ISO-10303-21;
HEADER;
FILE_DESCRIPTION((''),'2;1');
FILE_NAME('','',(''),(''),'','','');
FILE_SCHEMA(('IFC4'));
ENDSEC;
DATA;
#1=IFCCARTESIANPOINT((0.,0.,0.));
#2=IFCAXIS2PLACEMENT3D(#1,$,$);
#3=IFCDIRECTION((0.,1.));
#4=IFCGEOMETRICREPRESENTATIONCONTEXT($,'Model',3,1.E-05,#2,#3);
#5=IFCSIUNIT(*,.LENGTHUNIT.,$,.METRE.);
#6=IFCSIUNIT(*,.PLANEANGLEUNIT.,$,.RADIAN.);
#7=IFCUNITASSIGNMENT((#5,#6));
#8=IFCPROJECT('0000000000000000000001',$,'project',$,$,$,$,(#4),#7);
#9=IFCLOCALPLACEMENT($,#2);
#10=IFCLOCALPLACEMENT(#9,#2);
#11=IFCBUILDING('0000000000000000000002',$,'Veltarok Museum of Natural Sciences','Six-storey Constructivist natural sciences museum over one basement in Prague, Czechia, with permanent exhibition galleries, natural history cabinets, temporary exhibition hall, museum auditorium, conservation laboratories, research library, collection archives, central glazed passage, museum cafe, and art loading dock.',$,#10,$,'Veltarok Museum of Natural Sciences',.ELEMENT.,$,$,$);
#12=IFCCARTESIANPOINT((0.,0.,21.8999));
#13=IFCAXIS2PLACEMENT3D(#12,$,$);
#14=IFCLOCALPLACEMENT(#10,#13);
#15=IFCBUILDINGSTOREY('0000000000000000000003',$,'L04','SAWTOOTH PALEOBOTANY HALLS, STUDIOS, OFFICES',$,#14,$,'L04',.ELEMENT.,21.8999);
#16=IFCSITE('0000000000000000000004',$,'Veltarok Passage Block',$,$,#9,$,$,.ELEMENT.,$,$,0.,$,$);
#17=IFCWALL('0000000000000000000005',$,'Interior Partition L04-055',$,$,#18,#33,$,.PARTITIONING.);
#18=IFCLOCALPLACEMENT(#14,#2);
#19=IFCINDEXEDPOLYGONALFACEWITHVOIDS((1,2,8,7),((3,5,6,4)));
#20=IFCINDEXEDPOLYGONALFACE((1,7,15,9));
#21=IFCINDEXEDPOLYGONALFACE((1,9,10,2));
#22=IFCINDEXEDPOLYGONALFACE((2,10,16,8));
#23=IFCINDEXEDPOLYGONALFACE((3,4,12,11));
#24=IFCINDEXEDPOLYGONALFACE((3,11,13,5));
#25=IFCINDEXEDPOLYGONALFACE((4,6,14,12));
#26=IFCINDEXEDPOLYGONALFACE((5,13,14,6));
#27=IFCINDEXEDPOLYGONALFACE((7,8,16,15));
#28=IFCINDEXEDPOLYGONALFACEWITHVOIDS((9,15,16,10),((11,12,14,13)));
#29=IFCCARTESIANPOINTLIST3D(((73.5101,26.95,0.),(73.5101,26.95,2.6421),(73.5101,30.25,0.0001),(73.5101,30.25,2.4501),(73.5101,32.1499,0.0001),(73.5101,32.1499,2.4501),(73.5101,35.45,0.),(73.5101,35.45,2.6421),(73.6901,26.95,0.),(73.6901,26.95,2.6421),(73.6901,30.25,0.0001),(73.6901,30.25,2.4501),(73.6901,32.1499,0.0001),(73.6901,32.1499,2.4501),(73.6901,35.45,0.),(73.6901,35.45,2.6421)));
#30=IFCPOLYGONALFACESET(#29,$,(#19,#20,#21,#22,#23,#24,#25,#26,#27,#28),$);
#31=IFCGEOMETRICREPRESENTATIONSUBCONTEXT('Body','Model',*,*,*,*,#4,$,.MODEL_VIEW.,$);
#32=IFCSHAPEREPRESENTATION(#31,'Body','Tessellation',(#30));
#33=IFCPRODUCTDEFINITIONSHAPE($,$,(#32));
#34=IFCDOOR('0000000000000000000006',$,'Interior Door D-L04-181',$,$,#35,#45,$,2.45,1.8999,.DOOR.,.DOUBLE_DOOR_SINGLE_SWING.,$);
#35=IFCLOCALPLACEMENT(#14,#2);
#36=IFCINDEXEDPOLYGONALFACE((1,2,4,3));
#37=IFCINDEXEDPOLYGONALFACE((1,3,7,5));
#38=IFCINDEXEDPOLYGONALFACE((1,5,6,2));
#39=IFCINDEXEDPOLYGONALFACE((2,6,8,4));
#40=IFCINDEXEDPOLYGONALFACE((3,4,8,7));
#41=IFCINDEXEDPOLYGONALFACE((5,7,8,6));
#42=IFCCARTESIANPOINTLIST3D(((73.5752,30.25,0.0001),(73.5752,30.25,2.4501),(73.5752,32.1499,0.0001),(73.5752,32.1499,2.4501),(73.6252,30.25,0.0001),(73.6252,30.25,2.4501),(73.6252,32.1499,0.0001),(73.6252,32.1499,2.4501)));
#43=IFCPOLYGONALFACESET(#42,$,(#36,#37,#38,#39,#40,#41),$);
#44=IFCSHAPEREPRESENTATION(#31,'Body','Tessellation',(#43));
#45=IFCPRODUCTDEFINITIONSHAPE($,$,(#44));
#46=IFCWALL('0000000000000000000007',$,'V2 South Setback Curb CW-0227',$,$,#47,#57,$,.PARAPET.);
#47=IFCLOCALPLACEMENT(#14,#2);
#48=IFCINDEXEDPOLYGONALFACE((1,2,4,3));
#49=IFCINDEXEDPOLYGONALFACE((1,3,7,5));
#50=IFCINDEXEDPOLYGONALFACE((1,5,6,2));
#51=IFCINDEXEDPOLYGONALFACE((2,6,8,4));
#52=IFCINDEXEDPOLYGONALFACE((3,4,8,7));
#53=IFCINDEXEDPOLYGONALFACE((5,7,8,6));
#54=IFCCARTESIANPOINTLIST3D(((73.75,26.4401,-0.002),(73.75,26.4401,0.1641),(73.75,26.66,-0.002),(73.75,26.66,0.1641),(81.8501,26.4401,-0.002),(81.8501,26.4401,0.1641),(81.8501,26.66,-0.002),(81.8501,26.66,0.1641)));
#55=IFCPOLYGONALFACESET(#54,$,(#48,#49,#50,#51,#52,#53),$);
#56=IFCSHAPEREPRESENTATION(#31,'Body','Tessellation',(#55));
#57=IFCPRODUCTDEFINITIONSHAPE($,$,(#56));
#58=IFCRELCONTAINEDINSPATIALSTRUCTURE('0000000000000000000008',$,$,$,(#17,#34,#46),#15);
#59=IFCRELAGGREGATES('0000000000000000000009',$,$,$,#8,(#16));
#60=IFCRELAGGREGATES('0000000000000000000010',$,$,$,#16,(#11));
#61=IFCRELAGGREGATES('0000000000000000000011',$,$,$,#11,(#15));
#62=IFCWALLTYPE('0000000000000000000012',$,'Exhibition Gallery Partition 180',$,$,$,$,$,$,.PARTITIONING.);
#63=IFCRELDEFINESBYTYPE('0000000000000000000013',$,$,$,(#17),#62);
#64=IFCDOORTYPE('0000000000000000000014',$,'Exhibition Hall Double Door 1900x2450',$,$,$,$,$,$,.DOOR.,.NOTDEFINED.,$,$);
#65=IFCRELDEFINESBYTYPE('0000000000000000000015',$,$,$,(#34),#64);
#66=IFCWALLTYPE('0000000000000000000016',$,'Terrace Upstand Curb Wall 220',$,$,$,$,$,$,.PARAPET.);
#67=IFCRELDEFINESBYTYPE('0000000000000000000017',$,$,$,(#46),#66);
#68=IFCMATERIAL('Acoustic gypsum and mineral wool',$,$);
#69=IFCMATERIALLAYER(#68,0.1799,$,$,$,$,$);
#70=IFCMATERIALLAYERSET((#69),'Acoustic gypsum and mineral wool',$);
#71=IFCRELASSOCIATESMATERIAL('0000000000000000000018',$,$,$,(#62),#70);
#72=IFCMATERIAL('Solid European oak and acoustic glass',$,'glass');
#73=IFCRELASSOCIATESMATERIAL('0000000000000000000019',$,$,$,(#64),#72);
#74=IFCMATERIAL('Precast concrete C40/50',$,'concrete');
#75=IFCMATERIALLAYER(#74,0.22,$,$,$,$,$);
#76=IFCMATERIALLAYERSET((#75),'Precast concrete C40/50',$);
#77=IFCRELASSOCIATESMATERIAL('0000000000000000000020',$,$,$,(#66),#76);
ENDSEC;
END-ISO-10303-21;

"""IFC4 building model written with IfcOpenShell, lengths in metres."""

from ifc_helpers import new_model, si_unit, direction, frame, frame_2d, origin, place, context, subcontext, project, spatial, rectangle, extrude, material, layer, layer_set, type_object, element, fill, save


model = new_model("IFC4")

# Units and contexts
model_context = context("Model", 3, precision=1e-05, world=origin(), true_north=direction((0.0, 1.0)))
body_context = subcontext(model_context, "Body", "Model", "MODEL_VIEW")
ifc_project = project(units=[si_unit("LENGTHUNIT", "METRE"), si_unit("PLANEANGLEUNIT", "RADIAN")], contexts=[model_context])

# Site, building, storey
site_placement = place(None, origin())
site = spatial("IfcSite", under=ifc_project, at=site_placement, Name="Veltarok Passage Block", CompositionType="ELEMENT", RefElevation=0.0)
building_placement = place(site_placement, origin())
building = spatial("IfcBuilding", under=site, at=building_placement, Name="Veltarok Museum of Natural Sciences", Description="Six-storey Constructivist natural sciences museum over one basement in Prague, Czechia, with permanent exhibition galleries, natural history cabinets, temporary exhibition hall, museum auditorium, conservation laboratories, research library, collection archives, central glazed passage, museum cafe, and art loading dock.", LongName="Veltarok Museum of Natural Sciences", CompositionType="ELEMENT")
storey_placement = place(building_placement, frame((0.0, 0.0, 21.8999)))
storey = spatial("IfcBuildingStorey", under=building, at=storey_placement, Name="L04", Description="SAWTOOTH PALEOBOTANY HALLS, STUDIOS, OFFICES", LongName="L04", CompositionType="ELEMENT", Elevation=21.8999)

# Wall, opening, door
ifc_material_1 = material(Name="Acoustic gypsum and mineral wool")
ifc_layer_1 = layer(ifc_material_1, 0.1799)
ifc_layer_set_1 = layer_set([ifc_layer_1], Name="Acoustic gypsum and mineral wool")
wall_type_1 = type_object("IfcWallType", Name="Exhibition Gallery Partition 180", PredefinedType="PARTITIONING", material=ifc_layer_set_1)
wall_1_placement = place(storey_placement, frame((73.6001, 26.95, 0.0), z_axis=(0.0, 0.0, 1.0), x_axis=(0.0, 1.0, 0.0)))
wall_1 = element("IfcWall", 1, at=wall_1_placement, inside=storey, type_object=wall_type_1, Name="Interior Partition L04-055", PredefinedType="PARTITIONING", context=body_context, shape_type="SweptSolid", body=[
    extrude(rectangle(XDim=8.5, YDim=0.1799, at=frame_2d((4.25, 0.0))), origin(), (0.0, 0.0, 1.0), 2.6421),
])
opening_placement = place(wall_1_placement, frame((3.3, 0.0, 0.0)))
opening = element("IfcOpeningElement", 2, at=opening_placement, cuts=wall_1, PredefinedType="OPENING", context=body_context, shape_type="SweptSolid", body=[
    extrude(rectangle(XDim=1.8999, YDim=2.45, at=frame_2d((0.95, 1.2251))), frame((0.0, 0.1001, 0.0), z_axis=(0.0, -1.0, 0.0), x_axis=(1.0, 0.0, 0.0)), (0.0, 0.0, 1.0), 0.2),
])
ifc_material_2 = material(Name="Solid European oak and acoustic glass", Category="glass")
door_type = type_object("IfcDoorType", Name="Exhibition Hall Double Door 1900x2450", OperationType="NOTDEFINED", PredefinedType="DOOR", material=ifc_material_2)
door_placement = place(opening_placement, origin())
door = element("IfcDoor", 3, at=door_placement, inside=storey, type_object=door_type, Name="Interior Door D-L04-181", OperationType="DOUBLE_DOOR_SINGLE_SWING", OverallHeight=2.45, OverallWidth=1.8999, PredefinedType="DOOR", context=body_context, shape_type="SweptSolid", body=[
    extrude(rectangle(XDim=1.8999, YDim=2.45, at=frame_2d((0.95, 1.2251))), frame((0.0, 0.0249, 0.0), z_axis=(0.0, -1.0, 0.0), x_axis=(1.0, 0.0, 0.0)), (0.0, 0.0, 1.0), 0.05),
])
fill(opening, door)

# Wall
ifc_material_3 = material(Name="Precast concrete C40/50", Category="concrete")
ifc_layer_2 = layer(ifc_material_3, 0.22)
ifc_layer_set_2 = layer_set([ifc_layer_2], Name="Precast concrete C40/50")
wall_type_2 = type_object("IfcWallType", Name="Terrace Upstand Curb Wall 220", PredefinedType="PARAPET", material=ifc_layer_set_2)
wall_2_placement = place(storey_placement, frame((73.75, 26.55, -0.002), z_axis=(0.0, 0.0, 1.0), x_axis=(1.0, 0.0, 0.0)))
element("IfcWall", 4, at=wall_2_placement, inside=storey, type_object=wall_type_2, Name="V2 South Setback Curb CW-0227", PredefinedType="PARAPET", context=body_context, shape_type="SweptSolid", body=[
    extrude(rectangle(XDim=8.1001, YDim=0.22, at=frame_2d((4.05, 0.0))), origin(), (0.0, 0.0, 1.0), 0.166),
])

save(model, "model.ifc")
